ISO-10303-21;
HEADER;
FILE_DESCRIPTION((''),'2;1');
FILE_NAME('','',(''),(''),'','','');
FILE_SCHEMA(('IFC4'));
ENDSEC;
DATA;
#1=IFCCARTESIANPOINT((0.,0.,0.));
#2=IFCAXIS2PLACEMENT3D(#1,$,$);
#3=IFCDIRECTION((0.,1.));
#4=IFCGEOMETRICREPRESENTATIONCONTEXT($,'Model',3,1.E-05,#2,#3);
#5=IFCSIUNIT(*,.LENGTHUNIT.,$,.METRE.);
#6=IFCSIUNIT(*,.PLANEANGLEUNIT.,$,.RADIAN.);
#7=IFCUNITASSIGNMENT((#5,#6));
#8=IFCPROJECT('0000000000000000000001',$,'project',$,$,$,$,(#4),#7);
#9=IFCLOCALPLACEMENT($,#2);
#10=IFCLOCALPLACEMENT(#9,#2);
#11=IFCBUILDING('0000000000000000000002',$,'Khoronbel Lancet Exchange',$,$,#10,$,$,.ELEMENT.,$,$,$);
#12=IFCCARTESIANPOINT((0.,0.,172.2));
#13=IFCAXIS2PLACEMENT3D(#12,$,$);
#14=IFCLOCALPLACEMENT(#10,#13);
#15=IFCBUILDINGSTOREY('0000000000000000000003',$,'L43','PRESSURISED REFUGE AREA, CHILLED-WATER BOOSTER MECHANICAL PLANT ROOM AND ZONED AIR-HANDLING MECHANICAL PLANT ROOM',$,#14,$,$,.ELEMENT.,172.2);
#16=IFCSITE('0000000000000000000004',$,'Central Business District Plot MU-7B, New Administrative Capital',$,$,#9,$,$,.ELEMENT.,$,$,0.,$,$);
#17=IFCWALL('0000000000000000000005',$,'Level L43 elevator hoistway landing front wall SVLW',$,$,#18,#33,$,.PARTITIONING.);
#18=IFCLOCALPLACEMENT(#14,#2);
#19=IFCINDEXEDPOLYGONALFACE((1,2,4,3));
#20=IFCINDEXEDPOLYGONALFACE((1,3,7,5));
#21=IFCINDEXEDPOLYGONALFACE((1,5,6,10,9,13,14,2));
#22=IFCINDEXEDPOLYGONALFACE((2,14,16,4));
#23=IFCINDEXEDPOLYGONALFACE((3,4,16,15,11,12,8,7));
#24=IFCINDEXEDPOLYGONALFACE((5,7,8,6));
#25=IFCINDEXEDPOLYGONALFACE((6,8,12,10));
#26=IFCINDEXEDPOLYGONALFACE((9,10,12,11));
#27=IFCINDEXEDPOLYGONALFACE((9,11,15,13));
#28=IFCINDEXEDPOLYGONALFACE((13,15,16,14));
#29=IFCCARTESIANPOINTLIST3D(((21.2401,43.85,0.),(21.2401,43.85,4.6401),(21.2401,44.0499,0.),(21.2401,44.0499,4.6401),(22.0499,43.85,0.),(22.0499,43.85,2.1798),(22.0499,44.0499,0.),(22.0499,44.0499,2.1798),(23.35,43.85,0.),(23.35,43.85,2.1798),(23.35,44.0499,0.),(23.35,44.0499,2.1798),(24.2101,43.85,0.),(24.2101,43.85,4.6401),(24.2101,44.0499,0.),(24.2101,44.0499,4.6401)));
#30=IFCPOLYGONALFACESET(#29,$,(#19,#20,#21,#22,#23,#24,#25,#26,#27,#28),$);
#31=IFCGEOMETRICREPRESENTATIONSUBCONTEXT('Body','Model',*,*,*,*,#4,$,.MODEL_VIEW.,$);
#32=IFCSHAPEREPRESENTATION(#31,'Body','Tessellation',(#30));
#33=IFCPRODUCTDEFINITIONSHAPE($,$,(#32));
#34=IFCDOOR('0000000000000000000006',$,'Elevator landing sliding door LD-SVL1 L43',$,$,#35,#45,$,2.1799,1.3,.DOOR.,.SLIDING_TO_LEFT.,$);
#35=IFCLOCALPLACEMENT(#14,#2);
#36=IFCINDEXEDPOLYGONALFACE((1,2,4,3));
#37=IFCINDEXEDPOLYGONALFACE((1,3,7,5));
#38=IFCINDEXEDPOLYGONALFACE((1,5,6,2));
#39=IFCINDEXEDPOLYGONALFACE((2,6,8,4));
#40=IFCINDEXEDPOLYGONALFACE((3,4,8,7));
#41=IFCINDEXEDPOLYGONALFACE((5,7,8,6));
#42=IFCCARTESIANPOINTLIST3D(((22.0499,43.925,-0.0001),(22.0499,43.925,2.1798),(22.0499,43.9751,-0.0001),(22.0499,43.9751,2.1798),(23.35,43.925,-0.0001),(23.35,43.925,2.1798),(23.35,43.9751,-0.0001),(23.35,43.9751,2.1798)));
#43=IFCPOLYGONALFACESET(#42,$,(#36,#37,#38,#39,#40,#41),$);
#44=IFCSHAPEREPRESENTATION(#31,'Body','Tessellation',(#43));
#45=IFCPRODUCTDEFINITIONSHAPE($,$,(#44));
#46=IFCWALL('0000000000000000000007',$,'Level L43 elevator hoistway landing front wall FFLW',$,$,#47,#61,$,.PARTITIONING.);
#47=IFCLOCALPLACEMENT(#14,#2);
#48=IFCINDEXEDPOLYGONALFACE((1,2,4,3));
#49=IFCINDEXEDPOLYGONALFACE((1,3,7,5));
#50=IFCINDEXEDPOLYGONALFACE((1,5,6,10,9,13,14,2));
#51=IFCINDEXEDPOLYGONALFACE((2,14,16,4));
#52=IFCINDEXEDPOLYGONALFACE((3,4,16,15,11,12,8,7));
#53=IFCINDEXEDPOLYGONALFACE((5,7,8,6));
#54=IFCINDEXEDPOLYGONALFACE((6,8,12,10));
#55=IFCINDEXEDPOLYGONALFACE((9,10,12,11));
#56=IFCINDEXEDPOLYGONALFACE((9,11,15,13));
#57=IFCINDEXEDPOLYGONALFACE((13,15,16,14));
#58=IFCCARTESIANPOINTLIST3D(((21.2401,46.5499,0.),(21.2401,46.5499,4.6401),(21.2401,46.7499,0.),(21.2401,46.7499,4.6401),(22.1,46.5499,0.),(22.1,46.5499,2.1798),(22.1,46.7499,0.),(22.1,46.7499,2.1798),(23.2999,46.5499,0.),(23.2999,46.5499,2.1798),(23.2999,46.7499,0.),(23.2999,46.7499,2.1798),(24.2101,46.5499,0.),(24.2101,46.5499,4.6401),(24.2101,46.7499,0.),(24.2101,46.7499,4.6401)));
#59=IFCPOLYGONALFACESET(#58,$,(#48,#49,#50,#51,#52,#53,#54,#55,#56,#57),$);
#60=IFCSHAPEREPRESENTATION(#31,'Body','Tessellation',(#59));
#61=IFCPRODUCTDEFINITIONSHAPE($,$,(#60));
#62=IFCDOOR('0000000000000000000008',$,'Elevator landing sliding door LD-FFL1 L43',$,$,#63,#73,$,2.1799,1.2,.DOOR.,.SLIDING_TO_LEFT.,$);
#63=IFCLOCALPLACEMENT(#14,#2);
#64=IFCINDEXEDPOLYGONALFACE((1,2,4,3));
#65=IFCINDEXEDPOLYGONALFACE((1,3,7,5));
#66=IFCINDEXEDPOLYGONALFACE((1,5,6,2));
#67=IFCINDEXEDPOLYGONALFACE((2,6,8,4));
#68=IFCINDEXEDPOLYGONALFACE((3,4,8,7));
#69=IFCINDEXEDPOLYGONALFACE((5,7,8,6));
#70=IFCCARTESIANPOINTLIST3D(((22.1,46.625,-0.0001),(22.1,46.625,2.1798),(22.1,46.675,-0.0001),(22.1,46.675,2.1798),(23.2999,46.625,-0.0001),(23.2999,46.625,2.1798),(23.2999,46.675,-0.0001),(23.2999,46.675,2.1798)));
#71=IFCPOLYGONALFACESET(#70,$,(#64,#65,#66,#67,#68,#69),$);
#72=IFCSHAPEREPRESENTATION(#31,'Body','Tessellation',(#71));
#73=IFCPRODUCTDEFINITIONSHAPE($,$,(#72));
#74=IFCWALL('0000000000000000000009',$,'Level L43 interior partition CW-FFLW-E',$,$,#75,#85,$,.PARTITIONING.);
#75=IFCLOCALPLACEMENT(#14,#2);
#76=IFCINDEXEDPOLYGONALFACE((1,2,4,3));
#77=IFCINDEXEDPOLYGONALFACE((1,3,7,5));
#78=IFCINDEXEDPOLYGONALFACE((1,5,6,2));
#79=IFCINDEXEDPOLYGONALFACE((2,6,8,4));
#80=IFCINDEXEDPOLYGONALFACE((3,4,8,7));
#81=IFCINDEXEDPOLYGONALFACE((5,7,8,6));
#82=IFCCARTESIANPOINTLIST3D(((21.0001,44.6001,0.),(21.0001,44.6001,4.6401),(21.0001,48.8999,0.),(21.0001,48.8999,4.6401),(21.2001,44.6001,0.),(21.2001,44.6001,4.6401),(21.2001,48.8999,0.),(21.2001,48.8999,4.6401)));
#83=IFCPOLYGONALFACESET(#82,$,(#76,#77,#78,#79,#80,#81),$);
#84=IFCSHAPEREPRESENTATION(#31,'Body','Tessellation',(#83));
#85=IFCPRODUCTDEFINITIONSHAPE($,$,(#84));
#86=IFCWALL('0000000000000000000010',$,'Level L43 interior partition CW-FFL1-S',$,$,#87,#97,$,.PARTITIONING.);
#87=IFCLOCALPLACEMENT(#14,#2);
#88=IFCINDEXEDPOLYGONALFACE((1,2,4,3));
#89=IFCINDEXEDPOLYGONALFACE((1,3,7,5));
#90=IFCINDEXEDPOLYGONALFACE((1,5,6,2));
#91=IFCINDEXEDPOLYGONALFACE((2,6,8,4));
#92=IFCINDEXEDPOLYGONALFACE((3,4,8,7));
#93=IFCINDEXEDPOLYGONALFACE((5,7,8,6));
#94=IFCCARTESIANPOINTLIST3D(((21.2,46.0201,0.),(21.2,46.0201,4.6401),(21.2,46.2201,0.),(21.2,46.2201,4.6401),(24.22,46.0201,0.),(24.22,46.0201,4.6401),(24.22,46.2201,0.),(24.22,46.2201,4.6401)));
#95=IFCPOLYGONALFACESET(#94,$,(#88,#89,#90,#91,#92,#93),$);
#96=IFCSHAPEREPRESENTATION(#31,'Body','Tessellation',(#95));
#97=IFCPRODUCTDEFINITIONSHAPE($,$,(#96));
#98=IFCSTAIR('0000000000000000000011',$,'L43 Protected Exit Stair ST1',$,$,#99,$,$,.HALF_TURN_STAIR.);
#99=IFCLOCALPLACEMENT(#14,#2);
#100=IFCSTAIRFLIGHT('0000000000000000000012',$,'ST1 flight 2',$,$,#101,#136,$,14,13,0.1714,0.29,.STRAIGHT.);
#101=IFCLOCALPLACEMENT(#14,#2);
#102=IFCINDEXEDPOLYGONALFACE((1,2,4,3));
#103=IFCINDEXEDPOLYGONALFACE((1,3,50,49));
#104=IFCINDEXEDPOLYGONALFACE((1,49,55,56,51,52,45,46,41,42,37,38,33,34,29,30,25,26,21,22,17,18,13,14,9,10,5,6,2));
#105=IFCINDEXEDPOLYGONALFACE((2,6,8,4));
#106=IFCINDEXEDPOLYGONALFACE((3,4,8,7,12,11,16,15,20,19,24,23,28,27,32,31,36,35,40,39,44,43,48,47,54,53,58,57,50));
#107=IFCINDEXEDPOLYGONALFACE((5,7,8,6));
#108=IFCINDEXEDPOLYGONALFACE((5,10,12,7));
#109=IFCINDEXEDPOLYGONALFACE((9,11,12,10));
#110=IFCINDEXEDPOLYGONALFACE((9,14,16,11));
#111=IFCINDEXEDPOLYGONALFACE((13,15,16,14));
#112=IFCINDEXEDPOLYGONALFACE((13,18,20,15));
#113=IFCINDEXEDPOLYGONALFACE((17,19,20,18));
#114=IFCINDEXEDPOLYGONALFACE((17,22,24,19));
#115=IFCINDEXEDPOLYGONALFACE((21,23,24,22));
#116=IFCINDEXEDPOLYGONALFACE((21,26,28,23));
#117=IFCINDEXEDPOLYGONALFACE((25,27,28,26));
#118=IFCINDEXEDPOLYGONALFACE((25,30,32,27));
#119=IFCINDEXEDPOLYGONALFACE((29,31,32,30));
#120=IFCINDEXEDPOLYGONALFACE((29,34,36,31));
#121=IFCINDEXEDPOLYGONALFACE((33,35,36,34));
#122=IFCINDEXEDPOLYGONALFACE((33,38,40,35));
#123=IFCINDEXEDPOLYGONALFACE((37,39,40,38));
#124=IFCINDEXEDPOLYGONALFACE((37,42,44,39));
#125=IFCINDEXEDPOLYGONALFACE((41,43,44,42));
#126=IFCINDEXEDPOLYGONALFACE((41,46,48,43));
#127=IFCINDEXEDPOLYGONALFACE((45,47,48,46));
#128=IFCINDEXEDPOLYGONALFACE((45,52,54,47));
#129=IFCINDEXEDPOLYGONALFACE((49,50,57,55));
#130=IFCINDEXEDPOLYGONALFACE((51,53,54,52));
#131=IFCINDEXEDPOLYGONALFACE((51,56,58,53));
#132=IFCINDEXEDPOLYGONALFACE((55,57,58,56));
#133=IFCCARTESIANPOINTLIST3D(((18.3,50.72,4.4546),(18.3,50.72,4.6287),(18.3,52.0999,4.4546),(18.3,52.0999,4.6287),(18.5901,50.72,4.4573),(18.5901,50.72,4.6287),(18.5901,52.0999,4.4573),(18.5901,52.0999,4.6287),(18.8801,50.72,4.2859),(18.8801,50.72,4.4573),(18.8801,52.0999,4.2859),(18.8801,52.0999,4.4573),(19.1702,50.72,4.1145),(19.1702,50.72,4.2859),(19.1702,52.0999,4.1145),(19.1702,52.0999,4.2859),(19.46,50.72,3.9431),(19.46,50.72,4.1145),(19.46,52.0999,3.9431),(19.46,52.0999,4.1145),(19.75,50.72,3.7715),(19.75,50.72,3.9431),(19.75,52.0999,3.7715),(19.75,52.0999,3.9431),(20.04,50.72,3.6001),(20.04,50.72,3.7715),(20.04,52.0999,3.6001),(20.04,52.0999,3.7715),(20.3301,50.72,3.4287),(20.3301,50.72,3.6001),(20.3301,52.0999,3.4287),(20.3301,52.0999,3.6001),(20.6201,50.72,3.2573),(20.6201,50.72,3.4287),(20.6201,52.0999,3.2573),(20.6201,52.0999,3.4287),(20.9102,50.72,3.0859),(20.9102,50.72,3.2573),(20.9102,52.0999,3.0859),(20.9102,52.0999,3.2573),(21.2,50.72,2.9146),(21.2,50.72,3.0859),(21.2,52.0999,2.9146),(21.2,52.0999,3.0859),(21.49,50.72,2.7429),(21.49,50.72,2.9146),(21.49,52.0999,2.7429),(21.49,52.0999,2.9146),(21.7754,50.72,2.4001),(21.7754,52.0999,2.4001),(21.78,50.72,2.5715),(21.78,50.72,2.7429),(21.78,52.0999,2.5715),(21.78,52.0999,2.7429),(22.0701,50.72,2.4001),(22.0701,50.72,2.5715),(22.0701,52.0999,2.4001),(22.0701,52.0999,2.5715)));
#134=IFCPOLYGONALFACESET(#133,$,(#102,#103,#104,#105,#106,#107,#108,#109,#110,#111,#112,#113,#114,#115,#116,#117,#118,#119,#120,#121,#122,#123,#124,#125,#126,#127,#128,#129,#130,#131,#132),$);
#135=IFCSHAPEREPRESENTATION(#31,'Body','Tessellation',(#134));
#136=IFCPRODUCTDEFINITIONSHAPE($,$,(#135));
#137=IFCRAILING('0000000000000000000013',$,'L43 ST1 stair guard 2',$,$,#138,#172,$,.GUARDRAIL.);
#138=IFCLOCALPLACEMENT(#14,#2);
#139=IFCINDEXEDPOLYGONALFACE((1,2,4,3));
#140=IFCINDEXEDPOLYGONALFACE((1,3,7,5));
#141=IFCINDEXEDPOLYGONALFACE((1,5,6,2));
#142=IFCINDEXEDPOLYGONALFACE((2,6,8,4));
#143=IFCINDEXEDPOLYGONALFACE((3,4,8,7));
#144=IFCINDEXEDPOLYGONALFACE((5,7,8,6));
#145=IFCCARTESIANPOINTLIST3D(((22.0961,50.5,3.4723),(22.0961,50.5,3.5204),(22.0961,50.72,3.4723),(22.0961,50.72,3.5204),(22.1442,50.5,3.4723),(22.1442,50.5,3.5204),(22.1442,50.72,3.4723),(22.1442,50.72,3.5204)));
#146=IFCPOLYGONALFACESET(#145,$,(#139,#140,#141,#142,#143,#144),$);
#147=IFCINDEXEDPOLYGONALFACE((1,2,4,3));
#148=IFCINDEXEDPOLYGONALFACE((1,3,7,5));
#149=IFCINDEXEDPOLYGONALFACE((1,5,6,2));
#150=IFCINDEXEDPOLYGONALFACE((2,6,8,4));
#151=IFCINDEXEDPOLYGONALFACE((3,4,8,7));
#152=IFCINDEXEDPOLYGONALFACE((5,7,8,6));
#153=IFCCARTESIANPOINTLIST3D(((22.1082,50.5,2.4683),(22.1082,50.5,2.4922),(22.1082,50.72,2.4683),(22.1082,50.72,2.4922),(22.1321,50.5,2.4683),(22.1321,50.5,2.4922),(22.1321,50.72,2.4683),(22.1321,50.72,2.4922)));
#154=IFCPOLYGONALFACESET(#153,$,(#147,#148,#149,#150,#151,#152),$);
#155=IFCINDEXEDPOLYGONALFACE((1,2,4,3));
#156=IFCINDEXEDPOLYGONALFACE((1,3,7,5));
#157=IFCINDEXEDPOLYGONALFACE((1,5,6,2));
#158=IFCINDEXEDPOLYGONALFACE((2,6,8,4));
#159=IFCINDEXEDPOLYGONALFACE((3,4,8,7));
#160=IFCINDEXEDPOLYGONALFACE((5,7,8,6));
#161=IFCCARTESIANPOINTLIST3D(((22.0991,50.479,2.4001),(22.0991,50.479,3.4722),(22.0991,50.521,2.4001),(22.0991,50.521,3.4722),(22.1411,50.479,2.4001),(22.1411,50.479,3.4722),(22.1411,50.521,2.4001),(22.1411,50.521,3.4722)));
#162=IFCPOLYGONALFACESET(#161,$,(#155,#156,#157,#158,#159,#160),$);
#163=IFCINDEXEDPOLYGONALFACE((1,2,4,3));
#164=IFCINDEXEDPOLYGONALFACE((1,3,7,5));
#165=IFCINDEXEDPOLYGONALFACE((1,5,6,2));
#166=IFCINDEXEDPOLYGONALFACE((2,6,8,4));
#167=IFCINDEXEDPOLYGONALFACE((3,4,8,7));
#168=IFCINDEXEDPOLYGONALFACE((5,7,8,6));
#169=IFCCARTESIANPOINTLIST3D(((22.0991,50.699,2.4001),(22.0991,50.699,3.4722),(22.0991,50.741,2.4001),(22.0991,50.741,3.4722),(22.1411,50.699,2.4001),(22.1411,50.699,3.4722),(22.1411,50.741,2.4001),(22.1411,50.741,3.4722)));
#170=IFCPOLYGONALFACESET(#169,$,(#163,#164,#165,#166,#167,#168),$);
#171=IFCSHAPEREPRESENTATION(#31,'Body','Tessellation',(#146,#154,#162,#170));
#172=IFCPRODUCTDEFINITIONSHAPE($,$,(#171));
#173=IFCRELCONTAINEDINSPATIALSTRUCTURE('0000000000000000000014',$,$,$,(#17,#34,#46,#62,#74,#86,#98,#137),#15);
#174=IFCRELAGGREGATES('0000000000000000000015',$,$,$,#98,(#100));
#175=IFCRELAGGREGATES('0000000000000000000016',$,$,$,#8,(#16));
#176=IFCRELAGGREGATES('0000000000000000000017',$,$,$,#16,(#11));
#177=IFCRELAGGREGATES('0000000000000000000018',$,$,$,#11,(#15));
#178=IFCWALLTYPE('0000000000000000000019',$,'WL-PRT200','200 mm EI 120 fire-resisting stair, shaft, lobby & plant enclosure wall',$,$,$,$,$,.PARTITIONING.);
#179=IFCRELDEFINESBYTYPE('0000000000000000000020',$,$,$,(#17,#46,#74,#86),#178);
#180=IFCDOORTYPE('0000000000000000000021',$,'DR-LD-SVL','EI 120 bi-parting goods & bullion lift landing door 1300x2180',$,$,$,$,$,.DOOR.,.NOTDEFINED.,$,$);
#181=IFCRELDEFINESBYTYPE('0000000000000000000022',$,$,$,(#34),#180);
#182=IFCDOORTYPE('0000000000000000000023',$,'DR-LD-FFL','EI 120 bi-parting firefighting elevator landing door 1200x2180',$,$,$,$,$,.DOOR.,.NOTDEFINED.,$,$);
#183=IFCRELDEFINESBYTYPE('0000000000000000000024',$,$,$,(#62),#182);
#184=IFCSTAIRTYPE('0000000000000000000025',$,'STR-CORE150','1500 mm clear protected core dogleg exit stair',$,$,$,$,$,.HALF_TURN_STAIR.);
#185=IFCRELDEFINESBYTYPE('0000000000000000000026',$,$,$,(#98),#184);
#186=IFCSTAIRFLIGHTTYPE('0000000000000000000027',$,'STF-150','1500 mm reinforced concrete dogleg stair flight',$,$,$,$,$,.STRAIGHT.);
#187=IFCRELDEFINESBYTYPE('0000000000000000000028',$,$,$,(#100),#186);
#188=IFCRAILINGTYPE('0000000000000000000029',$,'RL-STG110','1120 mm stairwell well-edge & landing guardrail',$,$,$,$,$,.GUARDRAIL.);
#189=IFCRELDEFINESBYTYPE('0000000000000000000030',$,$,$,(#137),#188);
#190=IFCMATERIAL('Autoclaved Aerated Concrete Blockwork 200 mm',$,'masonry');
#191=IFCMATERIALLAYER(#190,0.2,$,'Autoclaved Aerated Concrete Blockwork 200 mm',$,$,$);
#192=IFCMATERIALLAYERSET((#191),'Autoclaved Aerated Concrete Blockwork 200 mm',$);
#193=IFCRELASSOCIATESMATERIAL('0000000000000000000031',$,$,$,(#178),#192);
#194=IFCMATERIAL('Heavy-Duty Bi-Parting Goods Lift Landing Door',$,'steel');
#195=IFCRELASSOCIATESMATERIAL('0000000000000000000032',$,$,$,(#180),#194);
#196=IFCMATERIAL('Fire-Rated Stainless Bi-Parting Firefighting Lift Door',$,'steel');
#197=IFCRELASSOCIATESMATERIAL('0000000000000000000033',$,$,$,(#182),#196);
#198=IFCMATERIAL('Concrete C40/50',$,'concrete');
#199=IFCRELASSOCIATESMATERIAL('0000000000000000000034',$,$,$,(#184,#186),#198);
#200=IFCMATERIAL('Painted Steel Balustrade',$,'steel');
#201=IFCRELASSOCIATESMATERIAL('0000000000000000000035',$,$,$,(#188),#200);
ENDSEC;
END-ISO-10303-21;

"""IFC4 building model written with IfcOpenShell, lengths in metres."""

from ifc_helpers import new_model, si_unit, direction, frame, frame_2d, origin, origin_2d, place, context, subcontext, project, spatial, polyline, rectangle, outline, extrude, material, layer, layer_set, type_object, element, fill, aggregate, save


model = new_model("IFC4")

# Units and contexts
model_context = context("Model", 3, precision=1e-05, world=origin(), true_north=direction((0.0, 1.0)))
body_context = subcontext(model_context, "Body", "Model", "MODEL_VIEW")
ifc_project = project(units=[si_unit("LENGTHUNIT", "METRE"), si_unit("PLANEANGLEUNIT", "RADIAN")], contexts=[model_context])

# Site, building, storey
site_placement = place(None, origin())
site = spatial("IfcSite", under=ifc_project, at=site_placement, Name="Central Business District Plot MU-7B, New Administrative Capital", CompositionType="ELEMENT", RefElevation=0.0)
building_placement = place(site_placement, origin())
building = spatial("IfcBuilding", under=site, at=building_placement, Name="Khoronbel Lancet Exchange", CompositionType="ELEMENT")
storey_placement = place(building_placement, frame((0.0, 0.0, 172.2)))
storey = spatial("IfcBuildingStorey", under=building, at=storey_placement, Name="L43", Description="PRESSURISED REFUGE AREA, CHILLED-WATER BOOSTER MECHANICAL PLANT ROOM AND ZONED AIR-HANDLING MECHANICAL PLANT ROOM", CompositionType="ELEMENT", Elevation=172.2)

# Shared definitions
ifc_material_1 = material(Name="Autoclaved Aerated Concrete Blockwork 200 mm", Category="masonry")
ifc_layer = layer(ifc_material_1, 0.2, Name="Autoclaved Aerated Concrete Blockwork 200 mm")
ifc_layer_set = layer_set([ifc_layer], Name="Autoclaved Aerated Concrete Blockwork 200 mm")
wall_type = type_object("IfcWallType", Name="WL-PRT200", Description="200 mm EI 120 fire-resisting stair, shaft, lobby & plant enclosure wall", PredefinedType="PARTITIONING", material=ifc_layer_set)

# Walls, openings, doors
wall_1_placement = place(storey_placement, frame((24.21, 43.95, 0.0), z_axis=(0.0, 0.0, 1.0), x_axis=(-1.0, 0.0, 0.0)))
wall_1 = element("IfcWall", 1, at=wall_1_placement, inside=storey, type_object=wall_type, Name="Level L43 elevator hoistway landing front wall SVLW", PredefinedType="PARTITIONING", context=body_context, shape_type="SweptSolid", body=[
    extrude(rectangle(XDim=2.97, YDim=0.2, at=frame_2d((1.4849, 0.0))), origin(), (0.0, 0.0, 1.0), 4.6401),
])
opening_1_placement = place(wall_1_placement, frame((0.8601, 0.0, 0.0)))
opening_1 = element("IfcOpeningElement", 2, at=opening_1_placement, cuts=wall_1, PredefinedType="OPENING", context=body_context, shape_type="SweptSolid", body=[
    extrude(rectangle(XDim=1.3, YDim=2.1799, at=frame_2d((0.6499, 1.0898))), frame((0.0, 0.1099, 0.0), z_axis=(0.0, -1.0, 0.0), x_axis=(1.0, 0.0, 0.0)), (0.0, 0.0, 1.0), 0.22),
])
ifc_material_2 = material(Name="Heavy-Duty Bi-Parting Goods Lift Landing Door", Category="steel")
door_type_1 = type_object("IfcDoorType", Name="DR-LD-SVL", Description="EI 120 bi-parting goods & bullion lift landing door 1300x2180", OperationType="NOTDEFINED", PredefinedType="DOOR", material=ifc_material_2)
door_1_placement = place(opening_1_placement, origin())
door_1 = element("IfcDoor", 3, at=door_1_placement, inside=storey, type_object=door_type_1, Name="Elevator landing sliding door LD-SVL1 L43", OperationType="SLIDING_TO_LEFT", OverallHeight=2.1799, OverallWidth=1.3, PredefinedType="DOOR", context=body_context, shape_type="SweptSolid", body=[
    extrude(rectangle(XDim=1.3, YDim=2.1799, at=frame_2d((0.6499, 1.0898))), frame((0.0, 0.0249, 0.0), z_axis=(0.0, -1.0, 0.0), x_axis=(1.0, 0.0, 0.0)), (0.0, 0.0, 1.0), 0.05),
])
fill(opening_1, door_1)
wall_2_placement = place(storey_placement, frame((24.21, 46.6499, 0.0), z_axis=(0.0, 0.0, 1.0), x_axis=(-1.0, 0.0, 0.0)))
wall_2 = element("IfcWall", 4, at=wall_2_placement, inside=storey, type_object=wall_type, Name="Level L43 elevator hoistway landing front wall FFLW", PredefinedType="PARTITIONING", context=body_context, shape_type="SweptSolid", body=[
    extrude(rectangle(XDim=2.97, YDim=0.2, at=frame_2d((1.4849, 0.0))), origin(), (0.0, 0.0, 1.0), 4.6401),
])
opening_2_placement = place(wall_2_placement, frame((0.9099, 0.0, 0.0)))
opening_2 = element("IfcOpeningElement", 5, at=opening_2_placement, cuts=wall_2, PredefinedType="OPENING", context=body_context, shape_type="SweptSolid", body=[
    extrude(rectangle(XDim=1.2, YDim=2.1799, at=frame_2d((0.6001, 1.0898))), frame((0.0, 0.1099, 0.0), z_axis=(0.0, -1.0, 0.0), x_axis=(1.0, 0.0, 0.0)), (0.0, 0.0, 1.0), 0.22),
])
ifc_material_3 = material(Name="Fire-Rated Stainless Bi-Parting Firefighting Lift Door", Category="steel")
door_type_2 = type_object("IfcDoorType", Name="DR-LD-FFL", Description="EI 120 bi-parting firefighting elevator landing door 1200x2180", OperationType="NOTDEFINED", PredefinedType="DOOR", material=ifc_material_3)
door_2_placement = place(opening_2_placement, origin())
door_2 = element("IfcDoor", 6, at=door_2_placement, inside=storey, type_object=door_type_2, Name="Elevator landing sliding door LD-FFL1 L43", OperationType="SLIDING_TO_LEFT", OverallHeight=2.1799, OverallWidth=1.2, PredefinedType="DOOR", context=body_context, shape_type="SweptSolid", body=[
    extrude(rectangle(XDim=1.2, YDim=2.1799, at=frame_2d((0.6001, 1.0898))), frame((0.0, 0.0249, 0.0), z_axis=(0.0, -1.0, 0.0), x_axis=(1.0, 0.0, 0.0)), (0.0, 0.0, 1.0), 0.05),
])
fill(opening_2, door_2)

# Walls
wall_3_placement = place(storey_placement, frame((21.1001, 44.6001, 0.0), z_axis=(0.0, 0.0, 1.0), x_axis=(0.0, 1.0, 0.0)))
element("IfcWall", 7, at=wall_3_placement, inside=storey, type_object=wall_type, Name="Level L43 interior partition CW-FFLW-E", PredefinedType="PARTITIONING", context=body_context, shape_type="SweptSolid", body=[
    extrude(rectangle(XDim=4.2998, YDim=0.2, at=frame_2d((2.1499, 0.0))), origin(), (0.0, 0.0, 1.0), 4.6401),
])
wall_4_placement = place(storey_placement, frame((21.2, 46.1201, 0.0), z_axis=(0.0, 0.0, 1.0), x_axis=(1.0, 0.0, 0.0)))
element("IfcWall", 8, at=wall_4_placement, inside=storey, type_object=wall_type, Name="Level L43 interior partition CW-FFL1-S", PredefinedType="PARTITIONING", context=body_context, shape_type="SweptSolid", body=[
    extrude(rectangle(XDim=3.02, YDim=0.2, at=frame_2d((1.51, 0.0))), origin(), (0.0, 0.0, 1.0), 4.6401),
])

# Stair, stair flight
ifc_material_4 = material(Name="Concrete C40/50", Category="concrete")
stair_type = type_object("IfcStairType", Name="STR-CORE150", Description="1500 mm clear protected core dogleg exit stair", PredefinedType="HALF_TURN_STAIR", material=ifc_material_4)
stair_placement = place(storey_placement, origin())
stair = element("IfcStair", 9, at=stair_placement, inside=storey, type_object=stair_type, Name="L43 Protected Exit Stair ST1", PredefinedType="HALF_TURN_STAIR")
stair_flight_type = type_object("IfcStairFlightType", Name="STF-150", Description="1500 mm reinforced concrete dogleg stair flight", PredefinedType="STRAIGHT", material=ifc_material_4)
stair_flight_placement = place(storey_placement, frame((22.0701, 51.4099, 2.4001), z_axis=(0.0, 0.0, 1.0), x_axis=(-1.0, 0.0, 0.0)))
stair_flight = element("IfcStairFlight", 10, at=stair_flight_placement, type_object=stair_flight_type, Name="ST1 flight 2", NumberOfRisers=14, NumberOfTreads=13, PredefinedType="STRAIGHT", RiserHeight=0.1714, TreadLength=0.29, context=body_context, shape_type="SweptSolid", body=[
    extrude(outline(polyline([(0.0, 0.0), (0.0, 0.1714), (0.29, 0.1714), (0.29, 0.3428), (0.5801, 0.3428), (0.5801, 0.5144), (0.8701, 0.5144), (0.8701, 0.6858), (1.1599, 0.6858), (1.1599, 0.8572), (1.45, 0.8572), (1.45, 1.0286), (1.74, 1.0286), (1.74, 1.2), (2.03, 1.2), (2.03, 1.3713), (2.3201, 1.3713), (2.3201, 1.543), (2.6101, 1.543), (2.6101, 1.7144), (2.8999, 1.7144), (2.8999, 1.8857), (3.1899, 1.8857), (3.1899, 2.0571), (3.48, 2.0571), (3.48, 2.2285), (3.77, 2.2285), (3.77, 2.3999), (3.77, 2.0544), (0.2947, 0.0), (0.0, 0.0)])), frame((0.0, 0.6899, 0.0), z_axis=(0.0, -1.0, 0.0), x_axis=(1.0, 0.0, 0.0)), (0.0, 0.0, 1.0), 1.3799),
])
aggregate(stair, [stair_flight])

# Railing
ifc_material_5 = material(Name="Painted Steel Balustrade", Category="steel")
railing_type_1 = type_object("IfcRailingType", Name="RL-STG110", Description="1120 mm stairwell well-edge & landing guardrail", PredefinedType="GUARDRAIL", material=ifc_material_5)
railing_1_placement = place(storey_placement, frame((22.1201, 50.5, 2.4001)))
element("IfcRailing", 11, at=railing_1_placement, inside=storey, type_object=railing_type_1, Name="L43 ST1 stair guard 2", PredefinedType="GUARDRAIL", context=body_context, shape_type="SweptSolid", body=[
    extrude(rectangle(XDim=0.0481, YDim=0.0481, at=origin_2d()), frame((0.0, 0.0, 1.0962), z_axis=(0.0, 1.0, 0.0), x_axis=(-1.0, 0.0, 0.0)), (0.0, 0.0, 1.0), 0.22),
    extrude(rectangle(XDim=0.0239, YDim=0.0239, at=origin_2d()), frame((0.0, 0.0, 0.0801), z_axis=(0.0, 1.0, 0.0), x_axis=(-1.0, 0.0, 0.0)), (0.0, 0.0, 1.0), 0.22),
    extrude(rectangle(XDim=0.042, YDim=0.042, at=origin_2d()), origin(), (0.0, 0.0, 1.0), 1.072),
    extrude(rectangle(XDim=0.042, YDim=0.042, at=origin_2d()), frame((0.0, 0.22, 0.0)), (0.0, 0.0, 1.0), 1.072),
])

save(model, "model.ifc")
